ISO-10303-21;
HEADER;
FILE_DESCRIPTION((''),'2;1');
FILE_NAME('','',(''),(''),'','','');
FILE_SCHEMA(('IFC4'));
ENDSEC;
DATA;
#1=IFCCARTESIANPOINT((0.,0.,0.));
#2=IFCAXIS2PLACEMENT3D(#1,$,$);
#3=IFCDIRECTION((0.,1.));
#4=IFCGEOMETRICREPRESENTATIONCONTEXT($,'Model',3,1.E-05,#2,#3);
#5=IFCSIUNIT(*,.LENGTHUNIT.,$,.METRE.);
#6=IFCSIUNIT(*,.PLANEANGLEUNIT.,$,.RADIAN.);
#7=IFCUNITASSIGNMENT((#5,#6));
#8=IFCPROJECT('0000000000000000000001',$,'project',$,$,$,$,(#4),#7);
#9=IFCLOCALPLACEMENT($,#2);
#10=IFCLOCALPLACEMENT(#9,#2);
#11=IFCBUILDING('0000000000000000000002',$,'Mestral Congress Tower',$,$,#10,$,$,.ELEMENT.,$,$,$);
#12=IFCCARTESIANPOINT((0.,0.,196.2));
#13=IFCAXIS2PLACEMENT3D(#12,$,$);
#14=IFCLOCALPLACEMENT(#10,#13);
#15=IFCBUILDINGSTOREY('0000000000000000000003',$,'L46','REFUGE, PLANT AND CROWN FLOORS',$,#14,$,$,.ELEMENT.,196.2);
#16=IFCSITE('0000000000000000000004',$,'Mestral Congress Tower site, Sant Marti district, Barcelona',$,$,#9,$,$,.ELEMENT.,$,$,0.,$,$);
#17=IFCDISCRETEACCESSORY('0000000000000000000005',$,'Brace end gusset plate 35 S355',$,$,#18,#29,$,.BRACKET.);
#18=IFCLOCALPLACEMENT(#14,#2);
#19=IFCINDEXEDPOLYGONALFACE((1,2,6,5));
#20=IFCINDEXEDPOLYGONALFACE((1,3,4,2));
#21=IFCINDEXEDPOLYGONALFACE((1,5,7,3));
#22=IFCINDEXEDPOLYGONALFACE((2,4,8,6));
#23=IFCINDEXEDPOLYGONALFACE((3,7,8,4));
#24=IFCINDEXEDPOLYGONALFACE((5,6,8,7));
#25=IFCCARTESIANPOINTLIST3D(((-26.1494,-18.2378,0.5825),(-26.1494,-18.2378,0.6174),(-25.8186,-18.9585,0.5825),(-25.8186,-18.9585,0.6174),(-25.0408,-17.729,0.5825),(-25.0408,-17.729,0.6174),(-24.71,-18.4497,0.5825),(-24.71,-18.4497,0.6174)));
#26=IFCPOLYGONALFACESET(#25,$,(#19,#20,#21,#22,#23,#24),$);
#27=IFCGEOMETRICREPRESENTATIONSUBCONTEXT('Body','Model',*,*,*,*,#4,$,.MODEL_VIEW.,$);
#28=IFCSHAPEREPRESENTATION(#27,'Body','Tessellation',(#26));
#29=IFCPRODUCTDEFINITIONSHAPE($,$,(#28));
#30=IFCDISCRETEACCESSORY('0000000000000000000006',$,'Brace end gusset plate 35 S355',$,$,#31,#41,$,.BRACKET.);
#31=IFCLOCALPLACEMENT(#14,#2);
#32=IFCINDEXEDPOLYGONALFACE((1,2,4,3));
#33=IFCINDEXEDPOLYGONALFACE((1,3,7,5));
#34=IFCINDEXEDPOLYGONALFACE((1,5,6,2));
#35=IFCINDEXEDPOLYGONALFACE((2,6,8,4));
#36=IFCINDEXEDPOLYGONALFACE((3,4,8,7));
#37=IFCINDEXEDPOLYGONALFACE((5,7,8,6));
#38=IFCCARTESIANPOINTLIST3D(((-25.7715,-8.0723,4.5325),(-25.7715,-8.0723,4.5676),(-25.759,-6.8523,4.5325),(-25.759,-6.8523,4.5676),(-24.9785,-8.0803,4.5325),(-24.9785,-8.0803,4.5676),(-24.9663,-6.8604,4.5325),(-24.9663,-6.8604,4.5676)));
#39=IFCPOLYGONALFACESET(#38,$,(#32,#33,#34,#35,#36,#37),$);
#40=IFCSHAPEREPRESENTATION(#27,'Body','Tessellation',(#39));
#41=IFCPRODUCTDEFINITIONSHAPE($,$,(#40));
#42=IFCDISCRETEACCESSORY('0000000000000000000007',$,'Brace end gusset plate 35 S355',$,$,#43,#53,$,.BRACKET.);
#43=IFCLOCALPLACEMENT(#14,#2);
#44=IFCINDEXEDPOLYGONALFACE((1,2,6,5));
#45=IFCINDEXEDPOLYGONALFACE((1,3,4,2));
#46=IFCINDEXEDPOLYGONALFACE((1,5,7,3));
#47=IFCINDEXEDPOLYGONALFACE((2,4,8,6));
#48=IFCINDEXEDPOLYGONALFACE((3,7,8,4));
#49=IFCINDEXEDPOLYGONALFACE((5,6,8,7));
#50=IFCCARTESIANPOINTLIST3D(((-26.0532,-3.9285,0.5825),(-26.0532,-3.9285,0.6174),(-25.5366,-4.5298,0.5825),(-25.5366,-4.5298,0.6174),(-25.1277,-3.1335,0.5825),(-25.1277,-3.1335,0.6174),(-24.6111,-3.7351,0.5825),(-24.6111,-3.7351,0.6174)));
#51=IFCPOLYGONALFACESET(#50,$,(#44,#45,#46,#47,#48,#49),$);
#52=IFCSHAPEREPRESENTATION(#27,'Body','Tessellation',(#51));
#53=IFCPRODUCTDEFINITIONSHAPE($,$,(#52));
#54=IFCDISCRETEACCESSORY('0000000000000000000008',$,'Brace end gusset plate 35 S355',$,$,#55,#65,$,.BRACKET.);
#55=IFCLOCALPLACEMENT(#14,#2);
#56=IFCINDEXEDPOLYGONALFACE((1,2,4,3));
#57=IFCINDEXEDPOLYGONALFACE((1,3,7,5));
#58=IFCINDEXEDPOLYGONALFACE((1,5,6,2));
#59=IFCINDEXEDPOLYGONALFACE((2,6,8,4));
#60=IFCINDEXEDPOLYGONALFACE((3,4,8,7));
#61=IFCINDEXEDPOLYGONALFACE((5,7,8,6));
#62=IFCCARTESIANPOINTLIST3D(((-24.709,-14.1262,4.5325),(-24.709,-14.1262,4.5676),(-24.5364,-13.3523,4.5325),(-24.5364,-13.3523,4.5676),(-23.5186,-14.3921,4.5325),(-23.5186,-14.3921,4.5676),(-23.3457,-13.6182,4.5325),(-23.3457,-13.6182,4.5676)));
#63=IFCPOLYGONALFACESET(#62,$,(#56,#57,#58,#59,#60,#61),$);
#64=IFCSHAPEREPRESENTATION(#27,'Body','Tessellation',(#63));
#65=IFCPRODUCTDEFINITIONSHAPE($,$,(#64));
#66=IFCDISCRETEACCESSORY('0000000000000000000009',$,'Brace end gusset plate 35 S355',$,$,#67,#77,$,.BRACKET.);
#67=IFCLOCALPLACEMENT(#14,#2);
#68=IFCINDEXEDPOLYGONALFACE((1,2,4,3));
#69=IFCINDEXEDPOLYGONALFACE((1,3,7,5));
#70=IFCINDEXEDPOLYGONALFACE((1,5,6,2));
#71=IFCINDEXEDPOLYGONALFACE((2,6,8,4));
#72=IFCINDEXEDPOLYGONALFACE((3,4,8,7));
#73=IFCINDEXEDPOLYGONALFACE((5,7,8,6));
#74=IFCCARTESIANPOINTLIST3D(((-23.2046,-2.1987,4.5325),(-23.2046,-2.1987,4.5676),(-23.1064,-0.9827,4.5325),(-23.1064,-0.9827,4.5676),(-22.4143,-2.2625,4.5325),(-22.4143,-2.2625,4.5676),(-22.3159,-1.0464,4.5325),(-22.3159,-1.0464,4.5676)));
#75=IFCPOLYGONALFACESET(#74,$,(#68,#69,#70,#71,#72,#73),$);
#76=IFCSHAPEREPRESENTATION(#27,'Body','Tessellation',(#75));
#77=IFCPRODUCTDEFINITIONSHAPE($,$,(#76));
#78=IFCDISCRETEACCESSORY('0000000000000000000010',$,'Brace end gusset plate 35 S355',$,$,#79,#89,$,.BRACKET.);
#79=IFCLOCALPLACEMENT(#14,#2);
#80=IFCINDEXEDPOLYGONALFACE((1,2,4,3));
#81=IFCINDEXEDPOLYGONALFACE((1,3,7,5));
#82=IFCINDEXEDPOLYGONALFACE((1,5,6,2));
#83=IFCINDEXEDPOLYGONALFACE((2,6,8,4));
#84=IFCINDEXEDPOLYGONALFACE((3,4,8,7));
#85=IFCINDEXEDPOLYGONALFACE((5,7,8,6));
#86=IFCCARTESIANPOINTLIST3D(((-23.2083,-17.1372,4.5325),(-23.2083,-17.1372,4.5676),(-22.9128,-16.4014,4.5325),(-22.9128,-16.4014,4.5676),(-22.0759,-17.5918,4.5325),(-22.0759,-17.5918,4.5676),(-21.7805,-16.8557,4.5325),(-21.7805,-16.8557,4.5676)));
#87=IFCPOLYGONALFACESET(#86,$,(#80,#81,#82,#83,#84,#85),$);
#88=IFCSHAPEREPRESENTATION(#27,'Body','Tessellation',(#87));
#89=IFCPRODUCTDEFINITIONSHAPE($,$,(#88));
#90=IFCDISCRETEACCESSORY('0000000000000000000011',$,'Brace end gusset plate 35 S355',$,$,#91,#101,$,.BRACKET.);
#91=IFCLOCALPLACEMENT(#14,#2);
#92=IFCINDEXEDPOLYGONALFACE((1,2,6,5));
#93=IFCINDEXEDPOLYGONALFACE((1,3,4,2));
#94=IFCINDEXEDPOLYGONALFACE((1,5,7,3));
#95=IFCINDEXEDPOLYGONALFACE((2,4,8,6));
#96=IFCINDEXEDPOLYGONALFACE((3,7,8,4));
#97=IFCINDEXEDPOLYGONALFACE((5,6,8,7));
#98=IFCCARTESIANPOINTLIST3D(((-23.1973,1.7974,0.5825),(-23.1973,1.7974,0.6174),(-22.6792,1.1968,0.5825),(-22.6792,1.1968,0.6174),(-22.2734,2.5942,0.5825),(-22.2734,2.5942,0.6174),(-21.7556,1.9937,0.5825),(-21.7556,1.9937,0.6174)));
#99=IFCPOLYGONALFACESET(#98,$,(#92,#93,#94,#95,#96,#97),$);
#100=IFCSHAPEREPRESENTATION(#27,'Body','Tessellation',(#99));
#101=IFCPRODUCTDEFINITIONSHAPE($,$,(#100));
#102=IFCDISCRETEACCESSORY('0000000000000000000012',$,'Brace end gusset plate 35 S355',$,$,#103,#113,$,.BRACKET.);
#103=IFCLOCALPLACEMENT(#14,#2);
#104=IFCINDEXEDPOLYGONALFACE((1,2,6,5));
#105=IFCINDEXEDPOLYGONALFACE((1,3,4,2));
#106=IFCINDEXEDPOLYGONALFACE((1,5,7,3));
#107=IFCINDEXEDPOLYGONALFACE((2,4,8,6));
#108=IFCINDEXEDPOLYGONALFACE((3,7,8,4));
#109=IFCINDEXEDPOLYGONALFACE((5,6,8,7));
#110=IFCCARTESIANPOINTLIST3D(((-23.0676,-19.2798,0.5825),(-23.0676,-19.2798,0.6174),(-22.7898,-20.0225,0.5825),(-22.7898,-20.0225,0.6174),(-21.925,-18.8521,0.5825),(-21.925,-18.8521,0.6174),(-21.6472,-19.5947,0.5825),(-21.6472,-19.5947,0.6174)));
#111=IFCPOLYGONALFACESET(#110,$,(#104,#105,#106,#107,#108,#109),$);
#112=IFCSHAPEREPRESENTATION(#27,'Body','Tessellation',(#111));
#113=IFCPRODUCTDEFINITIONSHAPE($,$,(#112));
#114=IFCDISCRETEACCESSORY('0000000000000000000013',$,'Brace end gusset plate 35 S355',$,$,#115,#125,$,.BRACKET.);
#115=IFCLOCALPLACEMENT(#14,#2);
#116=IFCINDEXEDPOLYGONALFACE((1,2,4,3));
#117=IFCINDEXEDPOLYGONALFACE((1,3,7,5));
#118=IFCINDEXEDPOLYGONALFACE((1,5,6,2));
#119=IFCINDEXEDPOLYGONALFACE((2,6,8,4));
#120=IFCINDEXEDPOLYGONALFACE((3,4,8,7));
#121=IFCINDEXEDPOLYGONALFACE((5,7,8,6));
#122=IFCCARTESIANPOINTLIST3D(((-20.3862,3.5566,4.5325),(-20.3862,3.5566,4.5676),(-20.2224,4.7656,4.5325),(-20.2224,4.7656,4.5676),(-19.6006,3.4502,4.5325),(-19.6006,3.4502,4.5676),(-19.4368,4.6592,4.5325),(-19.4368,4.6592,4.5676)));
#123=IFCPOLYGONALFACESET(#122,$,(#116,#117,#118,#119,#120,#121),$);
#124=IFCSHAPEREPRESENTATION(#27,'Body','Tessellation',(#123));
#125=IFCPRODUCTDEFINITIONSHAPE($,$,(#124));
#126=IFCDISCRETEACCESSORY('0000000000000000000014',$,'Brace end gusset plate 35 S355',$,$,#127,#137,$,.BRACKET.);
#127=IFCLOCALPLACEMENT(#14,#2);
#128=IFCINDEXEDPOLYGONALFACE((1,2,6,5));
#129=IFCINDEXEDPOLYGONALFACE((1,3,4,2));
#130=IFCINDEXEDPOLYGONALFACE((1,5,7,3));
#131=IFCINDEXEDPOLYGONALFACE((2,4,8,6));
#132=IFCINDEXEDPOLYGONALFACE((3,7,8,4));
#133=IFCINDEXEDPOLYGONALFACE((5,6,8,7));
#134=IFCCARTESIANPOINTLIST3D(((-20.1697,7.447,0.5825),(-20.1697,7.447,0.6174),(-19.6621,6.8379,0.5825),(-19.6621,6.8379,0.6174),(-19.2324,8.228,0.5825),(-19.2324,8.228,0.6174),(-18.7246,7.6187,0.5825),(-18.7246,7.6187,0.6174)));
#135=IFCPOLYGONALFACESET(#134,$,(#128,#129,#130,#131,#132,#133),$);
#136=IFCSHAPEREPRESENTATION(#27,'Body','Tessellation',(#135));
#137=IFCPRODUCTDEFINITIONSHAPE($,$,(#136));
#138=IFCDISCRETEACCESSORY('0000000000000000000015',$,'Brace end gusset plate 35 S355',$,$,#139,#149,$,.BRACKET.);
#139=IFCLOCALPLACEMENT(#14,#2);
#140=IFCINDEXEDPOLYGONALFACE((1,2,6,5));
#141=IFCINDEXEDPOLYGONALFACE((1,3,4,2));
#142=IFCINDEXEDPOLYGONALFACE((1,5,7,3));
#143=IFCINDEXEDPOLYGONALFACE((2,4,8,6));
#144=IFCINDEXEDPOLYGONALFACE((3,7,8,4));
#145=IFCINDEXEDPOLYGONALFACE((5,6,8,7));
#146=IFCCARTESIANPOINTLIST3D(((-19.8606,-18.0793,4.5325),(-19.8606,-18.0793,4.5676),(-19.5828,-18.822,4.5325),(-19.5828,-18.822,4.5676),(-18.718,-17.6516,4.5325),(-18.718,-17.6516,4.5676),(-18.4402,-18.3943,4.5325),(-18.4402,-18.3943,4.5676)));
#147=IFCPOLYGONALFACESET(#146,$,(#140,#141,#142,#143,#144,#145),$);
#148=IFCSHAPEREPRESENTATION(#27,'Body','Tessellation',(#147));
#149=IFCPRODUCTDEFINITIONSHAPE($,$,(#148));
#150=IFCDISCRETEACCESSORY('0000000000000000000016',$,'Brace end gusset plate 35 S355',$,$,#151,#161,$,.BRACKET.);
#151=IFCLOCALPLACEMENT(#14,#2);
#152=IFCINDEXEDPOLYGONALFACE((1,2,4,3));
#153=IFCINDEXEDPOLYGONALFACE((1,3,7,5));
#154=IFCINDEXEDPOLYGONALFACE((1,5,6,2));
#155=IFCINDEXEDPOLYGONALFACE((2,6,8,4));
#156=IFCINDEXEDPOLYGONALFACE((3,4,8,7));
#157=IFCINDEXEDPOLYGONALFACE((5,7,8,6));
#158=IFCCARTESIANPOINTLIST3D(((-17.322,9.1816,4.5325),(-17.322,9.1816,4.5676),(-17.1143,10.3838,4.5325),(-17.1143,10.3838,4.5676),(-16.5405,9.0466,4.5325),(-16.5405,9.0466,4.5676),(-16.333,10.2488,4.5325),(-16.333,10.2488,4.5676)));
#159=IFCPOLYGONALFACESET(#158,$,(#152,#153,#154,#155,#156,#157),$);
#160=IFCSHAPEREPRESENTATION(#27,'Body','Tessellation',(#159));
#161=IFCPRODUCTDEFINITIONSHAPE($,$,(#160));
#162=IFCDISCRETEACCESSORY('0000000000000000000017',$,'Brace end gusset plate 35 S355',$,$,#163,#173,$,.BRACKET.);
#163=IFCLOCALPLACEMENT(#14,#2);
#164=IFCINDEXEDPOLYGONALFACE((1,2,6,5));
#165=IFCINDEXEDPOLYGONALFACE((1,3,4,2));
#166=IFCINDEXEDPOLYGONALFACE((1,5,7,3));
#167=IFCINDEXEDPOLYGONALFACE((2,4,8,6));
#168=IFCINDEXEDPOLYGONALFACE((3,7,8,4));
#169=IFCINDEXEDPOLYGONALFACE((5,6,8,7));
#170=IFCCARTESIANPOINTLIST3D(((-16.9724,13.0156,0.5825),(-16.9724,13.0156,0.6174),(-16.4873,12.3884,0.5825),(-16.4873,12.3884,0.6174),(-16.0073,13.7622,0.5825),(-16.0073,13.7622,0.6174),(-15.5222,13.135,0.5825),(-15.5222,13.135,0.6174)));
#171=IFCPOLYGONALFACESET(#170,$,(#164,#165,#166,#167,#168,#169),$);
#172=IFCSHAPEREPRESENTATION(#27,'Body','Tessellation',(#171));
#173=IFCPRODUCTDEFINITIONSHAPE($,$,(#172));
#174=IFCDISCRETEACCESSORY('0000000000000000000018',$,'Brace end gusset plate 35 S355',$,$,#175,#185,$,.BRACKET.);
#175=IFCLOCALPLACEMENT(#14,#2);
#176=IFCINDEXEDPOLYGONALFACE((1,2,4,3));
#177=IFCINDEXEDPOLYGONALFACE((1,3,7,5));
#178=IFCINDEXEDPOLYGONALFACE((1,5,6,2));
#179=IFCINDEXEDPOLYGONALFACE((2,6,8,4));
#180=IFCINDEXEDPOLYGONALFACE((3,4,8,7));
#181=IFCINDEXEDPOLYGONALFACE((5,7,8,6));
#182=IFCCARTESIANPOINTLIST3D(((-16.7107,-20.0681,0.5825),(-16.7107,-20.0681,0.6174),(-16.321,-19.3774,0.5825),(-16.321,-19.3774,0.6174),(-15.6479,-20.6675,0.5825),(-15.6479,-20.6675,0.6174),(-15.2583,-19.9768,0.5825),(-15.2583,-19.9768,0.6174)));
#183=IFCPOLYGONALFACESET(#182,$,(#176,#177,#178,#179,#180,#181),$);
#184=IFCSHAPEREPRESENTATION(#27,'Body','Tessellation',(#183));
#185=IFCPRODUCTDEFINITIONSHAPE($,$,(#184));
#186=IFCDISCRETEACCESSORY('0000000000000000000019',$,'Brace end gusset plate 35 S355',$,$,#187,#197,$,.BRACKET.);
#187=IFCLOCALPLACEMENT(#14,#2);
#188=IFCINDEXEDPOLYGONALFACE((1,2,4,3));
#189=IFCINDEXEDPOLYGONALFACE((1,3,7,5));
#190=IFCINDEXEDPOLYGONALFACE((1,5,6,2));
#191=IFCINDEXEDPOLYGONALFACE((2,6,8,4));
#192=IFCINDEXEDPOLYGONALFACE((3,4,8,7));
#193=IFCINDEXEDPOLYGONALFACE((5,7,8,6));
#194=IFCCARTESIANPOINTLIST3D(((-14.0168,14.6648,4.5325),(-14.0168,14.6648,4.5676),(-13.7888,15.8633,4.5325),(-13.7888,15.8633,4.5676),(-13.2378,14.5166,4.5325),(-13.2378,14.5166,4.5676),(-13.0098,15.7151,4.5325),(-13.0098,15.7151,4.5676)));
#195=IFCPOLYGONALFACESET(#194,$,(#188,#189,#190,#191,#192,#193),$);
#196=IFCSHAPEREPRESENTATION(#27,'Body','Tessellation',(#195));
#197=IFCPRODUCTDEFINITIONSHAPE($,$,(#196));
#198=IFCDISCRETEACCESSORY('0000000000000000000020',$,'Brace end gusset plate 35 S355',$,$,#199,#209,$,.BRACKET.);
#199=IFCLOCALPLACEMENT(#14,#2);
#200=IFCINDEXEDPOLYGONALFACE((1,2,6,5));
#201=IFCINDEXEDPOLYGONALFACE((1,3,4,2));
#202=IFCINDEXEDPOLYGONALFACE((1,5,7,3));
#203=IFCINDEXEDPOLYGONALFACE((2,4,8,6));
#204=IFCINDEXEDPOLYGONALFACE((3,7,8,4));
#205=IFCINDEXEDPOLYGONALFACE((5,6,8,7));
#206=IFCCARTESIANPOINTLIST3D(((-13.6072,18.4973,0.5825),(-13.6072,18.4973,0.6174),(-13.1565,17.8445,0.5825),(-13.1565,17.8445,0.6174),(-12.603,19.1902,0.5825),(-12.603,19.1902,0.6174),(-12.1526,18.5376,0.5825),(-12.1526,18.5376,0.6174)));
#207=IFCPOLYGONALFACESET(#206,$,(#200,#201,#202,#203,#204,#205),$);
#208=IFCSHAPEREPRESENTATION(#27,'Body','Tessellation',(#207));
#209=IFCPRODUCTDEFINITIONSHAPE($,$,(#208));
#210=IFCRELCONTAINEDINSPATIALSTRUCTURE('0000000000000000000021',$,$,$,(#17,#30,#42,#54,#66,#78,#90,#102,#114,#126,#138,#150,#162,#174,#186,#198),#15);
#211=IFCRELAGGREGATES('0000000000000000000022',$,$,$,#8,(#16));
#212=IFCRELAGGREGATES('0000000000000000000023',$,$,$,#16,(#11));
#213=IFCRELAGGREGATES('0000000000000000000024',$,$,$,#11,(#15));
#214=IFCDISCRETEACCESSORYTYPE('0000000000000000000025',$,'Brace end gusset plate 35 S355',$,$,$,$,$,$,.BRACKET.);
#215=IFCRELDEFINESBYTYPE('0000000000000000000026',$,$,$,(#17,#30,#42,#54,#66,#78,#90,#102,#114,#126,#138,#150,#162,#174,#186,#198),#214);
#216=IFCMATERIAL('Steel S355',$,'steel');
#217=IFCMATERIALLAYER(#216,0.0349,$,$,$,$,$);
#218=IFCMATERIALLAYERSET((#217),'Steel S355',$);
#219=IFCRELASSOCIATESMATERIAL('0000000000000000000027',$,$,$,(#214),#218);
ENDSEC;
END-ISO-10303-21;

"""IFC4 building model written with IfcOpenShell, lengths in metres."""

from ifc_helpers import new_model, si_unit, direction, frame, origin, place, context, subcontext, project, spatial, polyline, outline, extrude, material, layer, layer_set, type_object, element, save


model = new_model("IFC4")

# Units and contexts
model_context = context("Model", 3, precision=1e-05, world=origin(), true_north=direction((0.0, 1.0)))
body_context = subcontext(model_context, "Body", "Model", "MODEL_VIEW")
ifc_project = project(units=[si_unit("LENGTHUNIT", "METRE"), si_unit("PLANEANGLEUNIT", "RADIAN")], contexts=[model_context])

# Site, building, storey
site_placement = place(None, origin())
site = spatial("IfcSite", under=ifc_project, at=site_placement, Name="Mestral Congress Tower site, Sant Marti district, Barcelona", CompositionType="ELEMENT", RefElevation=0.0)
building_placement = place(site_placement, origin())
building = spatial("IfcBuilding", under=site, at=building_placement, Name="Mestral Congress Tower", CompositionType="ELEMENT")
storey_placement = place(building_placement, frame((0.0, 0.0, 196.2)))
storey = spatial("IfcBuildingStorey", under=building, at=storey_placement, Name="L46", Description="REFUGE, PLANT AND CROWN FLOORS", CompositionType="ELEMENT", Elevation=196.2)

# Discrete accessories
ifc_material_1 = material(Name="Steel S355", Category="steel")
ifc_layer_1 = layer(ifc_material_1, 0.0349)
ifc_layer_set_1 = layer_set([ifc_layer_1], Name="Steel S355")
discrete_accessory_type = type_object("IfcDiscreteAccessoryType", Name="Brace end gusset plate 35 S355", PredefinedType="BRACKET", material=ifc_layer_set_1)
placement_1 = place(storey_placement, frame((0.0, 0.0, 0.5825)))
placement_2 = place(storey_placement, frame((0.0, 0.0, 4.5325)))
element("IfcDiscreteAccessory", 1, at=placement_1, inside=storey, type_object=discrete_accessory_type, Name="Brace end gusset plate 35 S355", PredefinedType="BRACKET", context=body_context, shape_type="SweptSolid", body=[
    extrude(outline(polyline([(-25.8186, -18.9585), (-24.71, -18.4497), (-25.0408, -17.729), (-26.1494, -18.2378), (-25.8186, -18.9585)])), origin(), (0.0, 0.0, 1.0), 0.0349),
])
element("IfcDiscreteAccessory", 2, at=placement_2, inside=storey, type_object=discrete_accessory_type, Name="Brace end gusset plate 35 S355", PredefinedType="BRACKET", context=body_context, shape_type="SweptSolid", body=[
    extrude(outline(polyline([(-24.9785, -8.0803), (-24.9663, -6.8604), (-25.759, -6.8523), (-25.7715, -8.0723), (-24.9785, -8.0803)])), origin(), (0.0, 0.0, 1.0), 0.0352),
])
element("IfcDiscreteAccessory", 3, at=placement_1, inside=storey, type_object=discrete_accessory_type, Name="Brace end gusset plate 35 S355", PredefinedType="BRACKET", context=body_context, shape_type="SweptSolid", body=[
    extrude(outline(polyline([(-25.5366, -4.5298), (-24.6111, -3.7351), (-25.1277, -3.1335), (-26.0532, -3.9285), (-25.5366, -4.5298)])), origin(), (0.0, 0.0, 1.0), 0.0349),
])
element("IfcDiscreteAccessory", 4, at=placement_2, inside=storey, type_object=discrete_accessory_type, Name="Brace end gusset plate 35 S355", PredefinedType="BRACKET", context=body_context, shape_type="SweptSolid", body=[
    extrude(outline(polyline([(-23.3457, -13.6182), (-24.5364, -13.3523), (-24.709, -14.1262), (-23.5186, -14.3921), (-23.3457, -13.6182)])), origin(), (0.0, 0.0, 1.0), 0.0352),
])
element("IfcDiscreteAccessory", 5, at=placement_2, inside=storey, type_object=discrete_accessory_type, Name="Brace end gusset plate 35 S355", PredefinedType="BRACKET", context=body_context, shape_type="SweptSolid", body=[
    extrude(outline(polyline([(-22.4143, -2.2625), (-22.3159, -1.0464), (-23.1064, -0.9827), (-23.2046, -2.1987), (-22.4143, -2.2625)])), origin(), (0.0, 0.0, 1.0), 0.0352),
])
element("IfcDiscreteAccessory", 6, at=placement_2, inside=storey, type_object=discrete_accessory_type, Name="Brace end gusset plate 35 S355", PredefinedType="BRACKET", context=body_context, shape_type="SweptSolid", body=[
    extrude(outline(polyline([(-21.7805, -16.8557), (-22.9128, -16.4014), (-23.2083, -17.1372), (-22.0759, -17.5918), (-21.7805, -16.8557)])), origin(), (0.0, 0.0, 1.0), 0.0352),
])
element("IfcDiscreteAccessory", 7, at=placement_1, inside=storey, type_object=discrete_accessory_type, Name="Brace end gusset plate 35 S355", PredefinedType="BRACKET", context=body_context, shape_type="SweptSolid", body=[
    extrude(outline(polyline([(-22.6792, 1.1968), (-21.7556, 1.9937), (-22.2734, 2.5942), (-23.1973, 1.7974), (-22.6792, 1.1968)])), origin(), (0.0, 0.0, 1.0), 0.0349),
])
element("IfcDiscreteAccessory", 8, at=placement_1, inside=storey, type_object=discrete_accessory_type, Name="Brace end gusset plate 35 S355", PredefinedType="BRACKET", context=body_context, shape_type="SweptSolid", body=[
    extrude(outline(polyline([(-22.7898, -20.0225), (-21.6472, -19.5947), (-21.925, -18.8521), (-23.0676, -19.2798), (-22.7898, -20.0225)])), origin(), (0.0, 0.0, 1.0), 0.0349),
])
element("IfcDiscreteAccessory", 9, at=placement_2, inside=storey, type_object=discrete_accessory_type, Name="Brace end gusset plate 35 S355", PredefinedType="BRACKET", context=body_context, shape_type="SweptSolid", body=[
    extrude(outline(polyline([(-19.6006, 3.4502), (-19.4368, 4.6592), (-20.2224, 4.7656), (-20.3862, 3.5566), (-19.6006, 3.4502)])), origin(), (0.0, 0.0, 1.0), 0.0352),
])
element("IfcDiscreteAccessory", 10, at=placement_1, inside=storey, type_object=discrete_accessory_type, Name="Brace end gusset plate 35 S355", PredefinedType="BRACKET", context=body_context, shape_type="SweptSolid", body=[
    extrude(outline(polyline([(-19.6621, 6.8379), (-18.7246, 7.6187), (-19.2324, 8.228), (-20.1697, 7.447), (-19.6621, 6.8379)])), origin(), (0.0, 0.0, 1.0), 0.0349),
])
element("IfcDiscreteAccessory", 11, at=placement_2, inside=storey, type_object=discrete_accessory_type, Name="Brace end gusset plate 35 S355", PredefinedType="BRACKET", context=body_context, shape_type="SweptSolid", body=[
    extrude(outline(polyline([(-18.718, -17.6516), (-19.8606, -18.0793), (-19.5828, -18.822), (-18.4402, -18.3943), (-18.718, -17.6516)])), origin(), (0.0, 0.0, 1.0), 0.0352),
])
element("IfcDiscreteAccessory", 12, at=placement_2, inside=storey, type_object=discrete_accessory_type, Name="Brace end gusset plate 35 S355", PredefinedType="BRACKET", context=body_context, shape_type="SweptSolid", body=[
    extrude(outline(polyline([(-16.5405, 9.0466), (-16.333, 10.2488), (-17.1143, 10.3838), (-17.322, 9.1816), (-16.5405, 9.0466)])), origin(), (0.0, 0.0, 1.0), 0.0352),
])
element("IfcDiscreteAccessory", 13, at=placement_1, inside=storey, type_object=discrete_accessory_type, Name="Brace end gusset plate 35 S355", PredefinedType="BRACKET", context=body_context, shape_type="SweptSolid", body=[
    extrude(outline(polyline([(-16.4873, 12.3884), (-15.5222, 13.135), (-16.0073, 13.7622), (-16.9724, 13.0156), (-16.4873, 12.3884)])), origin(), (0.0, 0.0, 1.0), 0.0349),
])
element("IfcDiscreteAccessory", 14, at=placement_1, inside=storey, type_object=discrete_accessory_type, Name="Brace end gusset plate 35 S355", PredefinedType="BRACKET", context=body_context, shape_type="SweptSolid", body=[
    extrude(outline(polyline([(-15.2583, -19.9768), (-16.321, -19.3774), (-16.7107, -20.0681), (-15.6479, -20.6675), (-15.2583, -19.9768)])), origin(), (0.0, 0.0, 1.0), 0.0349),
])
element("IfcDiscreteAccessory", 15, at=placement_2, inside=storey, type_object=discrete_accessory_type, Name="Brace end gusset plate 35 S355", PredefinedType="BRACKET", context=body_context, shape_type="SweptSolid", body=[
    extrude(outline(polyline([(-13.2378, 14.5166), (-13.0098, 15.7151), (-13.7888, 15.8633), (-14.0168, 14.6648), (-13.2378, 14.5166)])), origin(), (0.0, 0.0, 1.0), 0.0352),
])
element("IfcDiscreteAccessory", 16, at=placement_1, inside=storey, type_object=discrete_accessory_type, Name="Brace end gusset plate 35 S355", PredefinedType="BRACKET", context=body_context, shape_type="SweptSolid", body=[
    extrude(outline(polyline([(-13.1565, 17.8445), (-12.1526, 18.5376), (-12.603, 19.1902), (-13.6072, 18.4973), (-13.1565, 17.8445)])), origin(), (0.0, 0.0, 1.0), 0.0349),
])

save(model, "model.ifc")
